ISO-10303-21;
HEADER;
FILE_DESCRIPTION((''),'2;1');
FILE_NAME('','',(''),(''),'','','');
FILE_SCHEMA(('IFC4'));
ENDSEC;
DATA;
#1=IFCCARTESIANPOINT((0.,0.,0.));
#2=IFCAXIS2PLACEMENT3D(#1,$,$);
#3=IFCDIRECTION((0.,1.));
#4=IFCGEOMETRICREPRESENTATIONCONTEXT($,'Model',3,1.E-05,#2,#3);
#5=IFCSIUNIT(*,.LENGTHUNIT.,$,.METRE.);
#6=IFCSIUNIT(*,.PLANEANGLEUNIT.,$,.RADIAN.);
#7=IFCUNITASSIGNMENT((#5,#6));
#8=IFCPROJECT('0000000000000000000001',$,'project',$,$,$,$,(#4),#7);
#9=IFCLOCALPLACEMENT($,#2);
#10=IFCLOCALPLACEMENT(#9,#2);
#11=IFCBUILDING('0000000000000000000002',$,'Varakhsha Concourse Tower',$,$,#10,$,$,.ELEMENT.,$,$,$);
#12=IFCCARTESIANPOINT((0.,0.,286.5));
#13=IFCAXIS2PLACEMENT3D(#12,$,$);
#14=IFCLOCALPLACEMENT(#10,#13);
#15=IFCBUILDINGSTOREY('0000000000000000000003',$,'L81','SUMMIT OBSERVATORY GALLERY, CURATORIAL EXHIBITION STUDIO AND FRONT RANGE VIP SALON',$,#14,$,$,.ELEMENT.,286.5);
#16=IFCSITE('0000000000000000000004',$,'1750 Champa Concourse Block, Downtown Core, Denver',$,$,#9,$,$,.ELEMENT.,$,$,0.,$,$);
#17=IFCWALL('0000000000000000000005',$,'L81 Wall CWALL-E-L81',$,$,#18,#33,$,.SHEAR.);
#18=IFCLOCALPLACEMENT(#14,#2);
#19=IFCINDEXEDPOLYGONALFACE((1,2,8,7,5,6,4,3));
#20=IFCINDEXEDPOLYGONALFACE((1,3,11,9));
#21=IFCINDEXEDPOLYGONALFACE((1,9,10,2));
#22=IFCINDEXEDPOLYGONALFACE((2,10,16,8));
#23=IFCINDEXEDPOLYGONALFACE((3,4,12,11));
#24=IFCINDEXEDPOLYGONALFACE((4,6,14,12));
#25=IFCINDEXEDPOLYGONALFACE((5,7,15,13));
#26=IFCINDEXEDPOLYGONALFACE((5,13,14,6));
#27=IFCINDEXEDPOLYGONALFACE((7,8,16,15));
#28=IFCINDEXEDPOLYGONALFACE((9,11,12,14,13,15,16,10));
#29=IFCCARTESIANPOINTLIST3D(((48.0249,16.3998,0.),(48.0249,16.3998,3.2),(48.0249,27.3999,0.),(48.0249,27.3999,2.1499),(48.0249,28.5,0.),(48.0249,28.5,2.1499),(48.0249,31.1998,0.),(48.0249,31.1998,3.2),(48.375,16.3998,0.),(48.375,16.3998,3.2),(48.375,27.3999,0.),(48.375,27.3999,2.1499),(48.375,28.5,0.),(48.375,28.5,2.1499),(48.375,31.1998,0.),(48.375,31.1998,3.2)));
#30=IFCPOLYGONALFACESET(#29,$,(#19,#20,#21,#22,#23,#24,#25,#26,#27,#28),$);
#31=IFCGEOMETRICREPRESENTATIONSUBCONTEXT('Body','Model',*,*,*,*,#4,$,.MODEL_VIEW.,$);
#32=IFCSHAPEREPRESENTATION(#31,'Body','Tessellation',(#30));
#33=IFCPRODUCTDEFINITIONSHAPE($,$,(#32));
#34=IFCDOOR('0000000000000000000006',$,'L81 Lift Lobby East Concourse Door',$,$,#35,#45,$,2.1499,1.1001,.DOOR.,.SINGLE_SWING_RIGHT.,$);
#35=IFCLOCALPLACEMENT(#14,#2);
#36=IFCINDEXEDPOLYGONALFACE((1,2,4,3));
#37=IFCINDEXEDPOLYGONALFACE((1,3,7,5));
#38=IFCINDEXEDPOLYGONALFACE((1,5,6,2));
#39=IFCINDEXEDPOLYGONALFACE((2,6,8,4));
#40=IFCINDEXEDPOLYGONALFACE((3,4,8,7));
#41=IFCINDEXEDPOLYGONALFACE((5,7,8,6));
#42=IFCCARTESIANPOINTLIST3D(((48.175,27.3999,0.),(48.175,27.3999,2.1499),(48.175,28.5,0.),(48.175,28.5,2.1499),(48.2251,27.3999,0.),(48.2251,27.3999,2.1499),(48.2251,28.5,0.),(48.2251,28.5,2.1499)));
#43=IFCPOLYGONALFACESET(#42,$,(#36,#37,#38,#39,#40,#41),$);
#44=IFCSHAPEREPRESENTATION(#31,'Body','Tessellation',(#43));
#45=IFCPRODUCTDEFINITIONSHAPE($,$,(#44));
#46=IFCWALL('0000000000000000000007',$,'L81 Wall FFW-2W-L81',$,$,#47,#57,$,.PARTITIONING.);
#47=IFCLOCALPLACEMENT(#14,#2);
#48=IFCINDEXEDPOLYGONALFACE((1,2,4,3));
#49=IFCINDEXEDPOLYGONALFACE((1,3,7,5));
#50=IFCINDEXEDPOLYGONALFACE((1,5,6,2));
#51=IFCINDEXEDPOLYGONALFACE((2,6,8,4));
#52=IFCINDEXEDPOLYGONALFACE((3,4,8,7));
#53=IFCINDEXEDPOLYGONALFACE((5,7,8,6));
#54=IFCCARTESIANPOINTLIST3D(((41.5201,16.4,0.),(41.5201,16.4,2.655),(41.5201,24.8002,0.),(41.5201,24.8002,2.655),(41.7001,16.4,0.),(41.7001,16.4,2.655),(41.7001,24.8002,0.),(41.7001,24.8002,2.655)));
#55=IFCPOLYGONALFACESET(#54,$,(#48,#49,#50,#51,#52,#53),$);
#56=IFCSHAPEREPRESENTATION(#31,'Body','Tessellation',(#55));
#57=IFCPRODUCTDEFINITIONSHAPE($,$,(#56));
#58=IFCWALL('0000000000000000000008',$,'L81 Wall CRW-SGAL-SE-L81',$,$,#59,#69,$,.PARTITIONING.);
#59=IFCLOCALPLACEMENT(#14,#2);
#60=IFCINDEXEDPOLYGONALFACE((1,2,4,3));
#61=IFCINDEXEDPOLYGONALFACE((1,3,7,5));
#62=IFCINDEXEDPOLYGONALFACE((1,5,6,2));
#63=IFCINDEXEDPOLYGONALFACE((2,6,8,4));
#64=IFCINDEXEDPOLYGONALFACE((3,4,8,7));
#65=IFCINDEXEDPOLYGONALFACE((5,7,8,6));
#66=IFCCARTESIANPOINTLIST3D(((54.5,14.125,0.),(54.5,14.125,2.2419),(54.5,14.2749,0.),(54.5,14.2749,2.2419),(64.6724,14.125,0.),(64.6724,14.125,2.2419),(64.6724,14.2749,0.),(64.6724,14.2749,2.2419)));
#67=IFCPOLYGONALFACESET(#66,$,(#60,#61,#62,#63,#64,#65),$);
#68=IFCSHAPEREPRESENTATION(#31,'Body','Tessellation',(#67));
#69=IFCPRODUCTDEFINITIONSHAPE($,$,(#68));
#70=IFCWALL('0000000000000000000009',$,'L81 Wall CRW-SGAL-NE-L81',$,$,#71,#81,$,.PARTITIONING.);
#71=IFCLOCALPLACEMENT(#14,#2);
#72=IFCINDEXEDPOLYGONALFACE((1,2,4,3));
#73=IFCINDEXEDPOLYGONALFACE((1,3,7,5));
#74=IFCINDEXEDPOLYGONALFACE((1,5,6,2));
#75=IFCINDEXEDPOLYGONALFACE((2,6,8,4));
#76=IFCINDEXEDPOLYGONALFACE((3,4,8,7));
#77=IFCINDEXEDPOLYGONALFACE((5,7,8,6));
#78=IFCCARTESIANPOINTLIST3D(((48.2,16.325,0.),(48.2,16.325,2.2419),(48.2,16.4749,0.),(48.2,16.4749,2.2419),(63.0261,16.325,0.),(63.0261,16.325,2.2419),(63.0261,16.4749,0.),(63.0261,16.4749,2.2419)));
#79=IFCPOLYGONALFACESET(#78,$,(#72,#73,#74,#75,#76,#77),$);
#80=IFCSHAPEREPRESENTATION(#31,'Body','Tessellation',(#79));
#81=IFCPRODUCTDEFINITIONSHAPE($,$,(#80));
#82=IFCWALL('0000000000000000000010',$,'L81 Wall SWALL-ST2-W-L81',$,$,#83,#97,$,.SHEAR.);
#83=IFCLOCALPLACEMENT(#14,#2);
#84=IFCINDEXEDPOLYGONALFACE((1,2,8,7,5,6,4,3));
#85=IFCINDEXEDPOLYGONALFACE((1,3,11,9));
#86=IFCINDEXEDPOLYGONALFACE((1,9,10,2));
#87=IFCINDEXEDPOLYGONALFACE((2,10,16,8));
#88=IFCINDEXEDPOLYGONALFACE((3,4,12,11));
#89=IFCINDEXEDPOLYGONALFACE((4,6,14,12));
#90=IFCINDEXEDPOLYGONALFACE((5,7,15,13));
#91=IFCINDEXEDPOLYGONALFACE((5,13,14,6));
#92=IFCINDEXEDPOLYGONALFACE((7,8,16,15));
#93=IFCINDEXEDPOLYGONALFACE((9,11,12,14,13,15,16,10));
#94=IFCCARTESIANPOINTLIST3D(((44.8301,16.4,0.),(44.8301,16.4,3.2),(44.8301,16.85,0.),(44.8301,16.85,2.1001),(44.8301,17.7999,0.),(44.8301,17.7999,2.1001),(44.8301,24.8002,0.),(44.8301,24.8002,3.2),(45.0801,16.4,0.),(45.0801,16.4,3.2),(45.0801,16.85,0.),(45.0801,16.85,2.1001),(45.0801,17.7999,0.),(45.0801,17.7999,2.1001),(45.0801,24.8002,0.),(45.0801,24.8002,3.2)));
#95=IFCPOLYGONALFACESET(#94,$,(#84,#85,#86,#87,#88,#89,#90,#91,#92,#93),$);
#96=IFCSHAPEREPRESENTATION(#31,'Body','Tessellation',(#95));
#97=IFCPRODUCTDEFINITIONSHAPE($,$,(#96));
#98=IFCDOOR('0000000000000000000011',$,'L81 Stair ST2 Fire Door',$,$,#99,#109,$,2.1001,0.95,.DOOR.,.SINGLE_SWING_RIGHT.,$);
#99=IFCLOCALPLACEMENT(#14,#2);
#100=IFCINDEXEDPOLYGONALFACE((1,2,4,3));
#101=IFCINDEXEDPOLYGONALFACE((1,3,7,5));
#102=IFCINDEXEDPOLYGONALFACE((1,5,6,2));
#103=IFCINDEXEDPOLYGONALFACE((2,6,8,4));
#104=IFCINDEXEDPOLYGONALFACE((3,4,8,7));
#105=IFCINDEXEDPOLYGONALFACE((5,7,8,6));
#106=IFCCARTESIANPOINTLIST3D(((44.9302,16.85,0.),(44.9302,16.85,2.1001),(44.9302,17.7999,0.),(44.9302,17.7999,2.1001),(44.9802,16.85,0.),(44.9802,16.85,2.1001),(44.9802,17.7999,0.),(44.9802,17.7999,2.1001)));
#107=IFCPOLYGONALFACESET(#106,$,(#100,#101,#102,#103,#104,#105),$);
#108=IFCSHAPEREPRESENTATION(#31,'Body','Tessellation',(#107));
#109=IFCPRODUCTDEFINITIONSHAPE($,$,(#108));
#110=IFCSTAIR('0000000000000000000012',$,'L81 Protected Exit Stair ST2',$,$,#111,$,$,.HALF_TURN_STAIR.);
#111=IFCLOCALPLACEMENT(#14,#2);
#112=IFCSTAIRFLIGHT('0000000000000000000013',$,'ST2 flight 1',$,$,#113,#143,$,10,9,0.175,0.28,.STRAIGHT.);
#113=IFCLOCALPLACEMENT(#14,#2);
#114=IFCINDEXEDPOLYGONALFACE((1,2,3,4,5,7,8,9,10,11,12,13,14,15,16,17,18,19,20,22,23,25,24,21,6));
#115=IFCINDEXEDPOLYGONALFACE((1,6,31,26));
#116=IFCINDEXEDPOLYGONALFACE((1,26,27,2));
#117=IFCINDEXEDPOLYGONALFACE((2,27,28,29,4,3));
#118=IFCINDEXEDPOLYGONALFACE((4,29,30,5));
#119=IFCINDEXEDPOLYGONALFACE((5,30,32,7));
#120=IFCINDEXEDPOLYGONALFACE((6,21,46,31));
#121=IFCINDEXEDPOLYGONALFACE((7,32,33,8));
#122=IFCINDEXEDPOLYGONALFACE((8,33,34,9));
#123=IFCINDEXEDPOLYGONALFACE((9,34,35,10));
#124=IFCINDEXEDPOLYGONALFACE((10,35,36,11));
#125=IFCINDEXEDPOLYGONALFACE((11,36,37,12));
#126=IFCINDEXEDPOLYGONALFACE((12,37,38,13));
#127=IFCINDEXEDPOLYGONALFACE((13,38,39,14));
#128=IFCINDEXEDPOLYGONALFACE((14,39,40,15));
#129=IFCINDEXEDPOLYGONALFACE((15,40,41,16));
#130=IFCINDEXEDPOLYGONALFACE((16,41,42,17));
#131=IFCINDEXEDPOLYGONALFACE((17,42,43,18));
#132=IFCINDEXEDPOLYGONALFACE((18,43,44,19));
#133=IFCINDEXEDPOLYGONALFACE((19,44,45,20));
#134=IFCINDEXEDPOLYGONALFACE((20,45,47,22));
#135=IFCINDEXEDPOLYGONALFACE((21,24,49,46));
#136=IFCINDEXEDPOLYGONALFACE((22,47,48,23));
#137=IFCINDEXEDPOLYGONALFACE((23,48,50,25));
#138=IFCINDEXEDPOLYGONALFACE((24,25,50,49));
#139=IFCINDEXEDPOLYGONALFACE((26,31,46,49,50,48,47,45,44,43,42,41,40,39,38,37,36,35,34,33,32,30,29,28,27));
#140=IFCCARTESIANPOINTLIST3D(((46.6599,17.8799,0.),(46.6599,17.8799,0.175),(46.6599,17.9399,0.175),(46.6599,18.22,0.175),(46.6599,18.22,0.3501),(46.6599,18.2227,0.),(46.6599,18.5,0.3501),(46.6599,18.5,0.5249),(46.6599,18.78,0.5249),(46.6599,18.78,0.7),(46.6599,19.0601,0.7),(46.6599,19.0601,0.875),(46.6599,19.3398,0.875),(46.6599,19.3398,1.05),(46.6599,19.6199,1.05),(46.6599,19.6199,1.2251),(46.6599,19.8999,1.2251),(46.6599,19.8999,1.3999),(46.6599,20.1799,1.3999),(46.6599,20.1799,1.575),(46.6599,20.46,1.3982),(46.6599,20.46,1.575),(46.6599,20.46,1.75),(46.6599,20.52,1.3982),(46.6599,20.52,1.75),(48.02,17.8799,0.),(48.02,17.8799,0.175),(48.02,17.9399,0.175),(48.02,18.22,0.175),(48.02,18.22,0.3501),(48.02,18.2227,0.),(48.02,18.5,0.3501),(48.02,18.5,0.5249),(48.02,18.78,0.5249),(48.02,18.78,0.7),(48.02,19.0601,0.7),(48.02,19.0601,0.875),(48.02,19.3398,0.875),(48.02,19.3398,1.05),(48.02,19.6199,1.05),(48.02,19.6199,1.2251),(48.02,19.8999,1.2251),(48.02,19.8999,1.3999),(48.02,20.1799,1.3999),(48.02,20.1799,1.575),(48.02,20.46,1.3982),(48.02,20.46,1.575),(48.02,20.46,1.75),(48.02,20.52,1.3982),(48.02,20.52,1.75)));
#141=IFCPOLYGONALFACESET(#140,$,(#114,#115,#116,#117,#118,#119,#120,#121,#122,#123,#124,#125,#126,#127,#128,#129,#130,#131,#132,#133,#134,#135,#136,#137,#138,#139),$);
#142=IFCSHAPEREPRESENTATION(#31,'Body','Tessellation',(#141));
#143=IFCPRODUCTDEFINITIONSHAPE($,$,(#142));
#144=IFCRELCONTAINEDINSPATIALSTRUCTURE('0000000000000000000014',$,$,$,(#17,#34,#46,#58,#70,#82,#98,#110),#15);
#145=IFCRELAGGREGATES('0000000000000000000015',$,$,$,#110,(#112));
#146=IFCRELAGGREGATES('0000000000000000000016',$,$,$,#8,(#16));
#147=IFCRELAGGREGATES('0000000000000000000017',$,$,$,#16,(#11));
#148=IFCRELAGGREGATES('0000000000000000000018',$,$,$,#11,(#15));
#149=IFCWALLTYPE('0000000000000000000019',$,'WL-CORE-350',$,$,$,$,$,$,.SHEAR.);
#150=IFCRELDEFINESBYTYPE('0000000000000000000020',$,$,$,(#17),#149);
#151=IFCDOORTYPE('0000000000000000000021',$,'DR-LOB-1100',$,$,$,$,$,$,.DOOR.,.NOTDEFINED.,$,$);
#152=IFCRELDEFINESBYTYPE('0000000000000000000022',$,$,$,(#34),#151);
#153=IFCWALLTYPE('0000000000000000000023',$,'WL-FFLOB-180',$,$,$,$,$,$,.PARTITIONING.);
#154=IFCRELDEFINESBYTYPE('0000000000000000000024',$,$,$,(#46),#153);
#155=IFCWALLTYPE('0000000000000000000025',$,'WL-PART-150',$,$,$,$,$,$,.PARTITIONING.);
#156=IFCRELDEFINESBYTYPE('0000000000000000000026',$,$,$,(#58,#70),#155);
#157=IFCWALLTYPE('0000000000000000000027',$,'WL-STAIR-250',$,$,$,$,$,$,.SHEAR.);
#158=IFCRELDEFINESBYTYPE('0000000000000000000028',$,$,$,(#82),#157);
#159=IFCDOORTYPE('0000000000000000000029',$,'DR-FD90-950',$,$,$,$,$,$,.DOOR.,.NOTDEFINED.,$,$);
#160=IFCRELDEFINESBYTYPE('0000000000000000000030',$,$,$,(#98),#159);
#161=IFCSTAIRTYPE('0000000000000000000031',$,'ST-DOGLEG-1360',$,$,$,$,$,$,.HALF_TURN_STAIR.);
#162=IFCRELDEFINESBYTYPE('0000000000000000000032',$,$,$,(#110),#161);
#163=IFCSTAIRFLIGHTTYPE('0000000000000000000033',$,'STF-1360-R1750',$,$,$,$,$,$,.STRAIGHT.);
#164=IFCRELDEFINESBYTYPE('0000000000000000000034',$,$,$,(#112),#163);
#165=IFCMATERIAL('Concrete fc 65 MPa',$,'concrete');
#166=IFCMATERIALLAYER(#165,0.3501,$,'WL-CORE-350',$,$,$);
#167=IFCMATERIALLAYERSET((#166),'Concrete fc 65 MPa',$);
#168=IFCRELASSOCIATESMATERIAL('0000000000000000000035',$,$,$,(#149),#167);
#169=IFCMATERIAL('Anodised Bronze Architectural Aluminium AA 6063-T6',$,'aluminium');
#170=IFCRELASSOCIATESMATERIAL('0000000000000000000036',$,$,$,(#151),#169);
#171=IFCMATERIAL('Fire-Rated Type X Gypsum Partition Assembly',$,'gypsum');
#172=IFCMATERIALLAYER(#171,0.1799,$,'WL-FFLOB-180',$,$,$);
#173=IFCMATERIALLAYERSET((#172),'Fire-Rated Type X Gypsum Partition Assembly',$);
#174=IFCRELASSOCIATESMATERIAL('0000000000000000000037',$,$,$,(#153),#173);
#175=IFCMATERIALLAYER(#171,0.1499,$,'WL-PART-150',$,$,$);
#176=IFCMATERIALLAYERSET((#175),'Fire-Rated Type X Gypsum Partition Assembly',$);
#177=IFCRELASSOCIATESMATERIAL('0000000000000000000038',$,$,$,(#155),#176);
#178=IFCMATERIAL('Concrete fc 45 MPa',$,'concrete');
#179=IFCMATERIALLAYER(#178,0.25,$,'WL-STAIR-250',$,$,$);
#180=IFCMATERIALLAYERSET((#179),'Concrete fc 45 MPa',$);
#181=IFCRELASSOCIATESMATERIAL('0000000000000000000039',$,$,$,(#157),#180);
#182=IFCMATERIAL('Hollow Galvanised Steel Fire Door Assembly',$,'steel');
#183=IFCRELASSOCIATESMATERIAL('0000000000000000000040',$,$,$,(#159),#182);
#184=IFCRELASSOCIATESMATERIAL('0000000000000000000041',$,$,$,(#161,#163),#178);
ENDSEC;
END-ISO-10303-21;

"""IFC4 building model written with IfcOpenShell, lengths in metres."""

from ifc_helpers import new_model, si_unit, direction, frame, frame_2d, origin, place, context, subcontext, project, spatial, polyline, rectangle, outline, extrude, material, layer, layer_set, type_object, element, fill, aggregate, save


model = new_model("IFC4")

# Units and contexts
model_context = context("Model", 3, precision=1e-05, world=origin(), true_north=direction((0.0, 1.0)))
body_context = subcontext(model_context, "Body", "Model", "MODEL_VIEW")
ifc_project = project(units=[si_unit("LENGTHUNIT", "METRE"), si_unit("PLANEANGLEUNIT", "RADIAN")], contexts=[model_context])

# Site, building, storey
site_placement = place(None, origin())
site = spatial("IfcSite", under=ifc_project, at=site_placement, Name="1750 Champa Concourse Block, Downtown Core, Denver", CompositionType="ELEMENT", RefElevation=0.0)
building_placement = place(site_placement, origin())
building = spatial("IfcBuilding", under=site, at=building_placement, Name="Varakhsha Concourse Tower", CompositionType="ELEMENT")
storey_placement = place(building_placement, frame((0.0, 0.0, 286.5)))
storey = spatial("IfcBuildingStorey", under=building, at=storey_placement, Name="L81", Description="SUMMIT OBSERVATORY GALLERY, CURATORIAL EXHIBITION STUDIO AND FRONT RANGE VIP SALON", CompositionType="ELEMENT", Elevation=286.5)

# Shared definitions
ifc_material_1 = material(Name="Concrete fc 65 MPa", Category="concrete")

# Shared definitions
ifc_material_2 = material(Name="Anodised Bronze Architectural Aluminium AA 6063-T6", Category="aluminium")

# Wall, opening, door
ifc_layer_1 = layer(ifc_material_1, 0.3501, Name="WL-CORE-350")
ifc_layer_set_1 = layer_set([ifc_layer_1], Name="Concrete fc 65 MPa")
wall_type_1 = type_object("IfcWallType", Name="WL-CORE-350", PredefinedType="SHEAR", material=ifc_layer_set_1)
wall_1_placement = place(storey_placement, frame((48.2, 16.3999, 0.0), z_axis=(0.0, 0.0, 1.0), x_axis=(0.0, 1.0, 0.0)))
wall_1 = element("IfcWall", 1, at=wall_1_placement, inside=storey, type_object=wall_type_1, Name="L81 Wall CWALL-E-L81", PredefinedType="SHEAR", context=body_context, shape_type="SweptSolid", body=[
    extrude(rectangle(XDim=14.8, YDim=0.3501, at=frame_2d((7.3999, 0.0))), origin(), (0.0, 0.0, 1.0), 3.2),
])
opening_1_placement = place(wall_1_placement, frame((11.0, 0.0, 0.0)))
opening_1 = element("IfcOpeningElement", 2, at=opening_1_placement, cuts=wall_1, PredefinedType="OPENING", context=body_context, shape_type="SweptSolid", body=[
    extrude(rectangle(XDim=1.1001, YDim=2.1499, at=frame_2d((0.55, 1.075))), frame((0.0, 0.1851, 0.0), z_axis=(0.0, -1.0, 0.0), x_axis=(1.0, 0.0, 0.0)), (0.0, 0.0, 1.0), 0.3701),
])
door_type_1 = type_object("IfcDoorType", Name="DR-LOB-1100", OperationType="NOTDEFINED", PredefinedType="DOOR", material=ifc_material_2)
door_1_placement = place(opening_1_placement, origin())
door_1 = element("IfcDoor", 3, at=door_1_placement, inside=storey, type_object=door_type_1, Name="L81 Lift Lobby East Concourse Door", OperationType="SINGLE_SWING_RIGHT", OverallHeight=2.1499, OverallWidth=1.1001, PredefinedType="DOOR", context=body_context, shape_type="SweptSolid", body=[
    extrude(rectangle(XDim=1.1001, YDim=2.1499, at=frame_2d((0.55, 1.075))), frame((0.0, 0.0249, 0.0), z_axis=(0.0, -1.0, 0.0), x_axis=(1.0, 0.0, 0.0)), (0.0, 0.0, 1.0), 0.05),
])
fill(opening_1, door_1)

# Walls
ifc_material_3 = material(Name="Fire-Rated Type X Gypsum Partition Assembly", Category="gypsum")
ifc_layer_2 = layer(ifc_material_3, 0.1799, Name="WL-FFLOB-180")
ifc_layer_set_2 = layer_set([ifc_layer_2], Name="Fire-Rated Type X Gypsum Partition Assembly")
wall_type_2 = type_object("IfcWallType", Name="WL-FFLOB-180", PredefinedType="PARTITIONING", material=ifc_layer_set_2)
wall_2_placement = place(storey_placement, frame((41.6101, 16.3999, 0.0), z_axis=(0.0, 0.0, 1.0), x_axis=(0.0, 1.0, 0.0)))
element("IfcWall", 4, at=wall_2_placement, inside=storey, type_object=wall_type_2, Name="L81 Wall FFW-2W-L81", PredefinedType="PARTITIONING", context=body_context, shape_type="SweptSolid", body=[
    extrude(rectangle(XDim=8.4001, YDim=0.1799, at=frame_2d((4.2002, 0.0))), origin(), (0.0, 0.0, 1.0), 2.655),
])
ifc_layer_3 = layer(ifc_material_3, 0.1499, Name="WL-PART-150")
ifc_layer_set_3 = layer_set([ifc_layer_3], Name="Fire-Rated Type X Gypsum Partition Assembly")
wall_type_3 = type_object("IfcWallType", Name="WL-PART-150", PredefinedType="PARTITIONING", material=ifc_layer_set_3)
wall_3_placement = place(storey_placement, frame((54.5, 14.2, 0.0), z_axis=(0.0, 0.0, 1.0), x_axis=(1.0, 0.0, 0.0)))
element("IfcWall", 5, at=wall_3_placement, inside=storey, type_object=wall_type_3, Name="L81 Wall CRW-SGAL-SE-L81", PredefinedType="PARTITIONING", context=body_context, shape_type="SweptSolid", body=[
    extrude(rectangle(XDim=10.1724, YDim=0.1499, at=frame_2d((5.0862, 0.0))), origin(), (0.0, 0.0, 1.0), 2.2419),
])
wall_4_placement = place(storey_placement, frame((48.2, 16.3999, 0.0), z_axis=(0.0, 0.0, 1.0), x_axis=(1.0, 0.0, 0.0)))
element("IfcWall", 6, at=wall_4_placement, inside=storey, type_object=wall_type_3, Name="L81 Wall CRW-SGAL-NE-L81", PredefinedType="PARTITIONING", context=body_context, shape_type="SweptSolid", body=[
    extrude(rectangle(XDim=14.8262, YDim=0.1499, at=frame_2d((7.4131, 0.0))), origin(), (0.0, 0.0, 1.0), 2.2419),
])

# Wall, opening, door
ifc_material_4 = material(Name="Concrete fc 45 MPa", Category="concrete")
ifc_layer_4 = layer(ifc_material_4, 0.25, Name="WL-STAIR-250")
ifc_layer_set_4 = layer_set([ifc_layer_4], Name="Concrete fc 45 MPa")
wall_type_4 = type_object("IfcWallType", Name="WL-STAIR-250", PredefinedType="SHEAR", material=ifc_layer_set_4)
wall_5_placement = place(storey_placement, frame((44.9551, 16.3999, 0.0), z_axis=(0.0, 0.0, 1.0), x_axis=(0.0, 1.0, 0.0)))
wall_5 = element("IfcWall", 7, at=wall_5_placement, inside=storey, type_object=wall_type_4, Name="L81 Wall SWALL-ST2-W-L81", PredefinedType="SHEAR", context=body_context, shape_type="SweptSolid", body=[
    extrude(rectangle(XDim=8.4001, YDim=0.25, at=frame_2d((4.2002, 0.0))), origin(), (0.0, 0.0, 1.0), 3.2),
])
opening_2_placement = place(wall_5_placement, frame((0.45, 0.0, 0.0)))
opening_2 = element("IfcOpeningElement", 8, at=opening_2_placement, cuts=wall_5, PredefinedType="OPENING", context=body_context, shape_type="SweptSolid", body=[
    extrude(rectangle(XDim=0.95, YDim=2.1001, at=frame_2d((0.4751, 1.05))), frame((0.0, 0.135, 0.0), z_axis=(0.0, -1.0, 0.0), x_axis=(1.0, 0.0, 0.0)), (0.0, 0.0, 1.0), 0.27),
])
ifc_material_5 = material(Name="Hollow Galvanised Steel Fire Door Assembly", Category="steel")
door_type_2 = type_object("IfcDoorType", Name="DR-FD90-950", OperationType="NOTDEFINED", PredefinedType="DOOR", material=ifc_material_5)
door_2_placement = place(opening_2_placement, origin())
door_2 = element("IfcDoor", 9, at=door_2_placement, inside=storey, type_object=door_type_2, Name="L81 Stair ST2 Fire Door", OperationType="SINGLE_SWING_RIGHT", OverallHeight=2.1001, OverallWidth=0.95, PredefinedType="DOOR", context=body_context, shape_type="SweptSolid", body=[
    extrude(rectangle(XDim=0.95, YDim=2.1001, at=frame_2d((0.4751, 1.05))), frame((0.0, 0.0249, 0.0), z_axis=(0.0, -1.0, 0.0), x_axis=(1.0, 0.0, 0.0)), (0.0, 0.0, 1.0), 0.05),
])
fill(opening_2, door_2)

# Stair, stair flight
stair_type = type_object("IfcStairType", Name="ST-DOGLEG-1360", PredefinedType="HALF_TURN_STAIR", material=ifc_material_4)
stair_placement = place(storey_placement, origin())
stair = element("IfcStair", 10, at=stair_placement, inside=storey, type_object=stair_type, Name="L81 Protected Exit Stair ST2", PredefinedType="HALF_TURN_STAIR")
stair_flight_type = type_object("IfcStairFlightType", Name="STF-1360-R1750", PredefinedType="STRAIGHT", material=ifc_material_4)
stair_flight_1_placement = place(storey_placement, frame((47.3401, 17.9399, 0.0), z_axis=(0.0, 0.0, 1.0), x_axis=(0.0, 1.0, 0.0)))
stair_flight_1 = element("IfcStairFlight", 11, at=stair_flight_1_placement, type_object=stair_flight_type, Name="ST2 flight 1", NumberOfRisers=10, NumberOfTreads=9, PredefinedType="STRAIGHT", RiserHeight=0.175, TreadLength=0.28, context=body_context, shape_type="SweptSolid", body=[
    extrude(outline(polyline([(-0.0601, 0.0), (-0.0601, 0.175), (0.0, 0.175), (0.28, 0.175), (0.28, 0.3501), (0.5601, 0.3501), (0.5601, 0.5249), (0.8401, 0.5249), (0.8401, 0.7), (1.1201, 0.7), (1.1201, 0.875), (1.3999, 0.875), (1.3999, 1.05), (1.6799, 1.05), (1.6799, 1.2251), (1.96, 1.2251), (1.96, 1.3999), (2.24, 1.3999), (2.24, 1.575), (2.52, 1.575), (2.52, 1.75), (2.5801, 1.75), (2.5801, 1.3982), (2.52, 1.3982), (0.2827, 0.0), (-0.0601, 0.0)])), frame((0.0, 0.6802, 0.0), z_axis=(0.0, -1.0, 0.0), x_axis=(1.0, 0.0, 0.0)), (0.0, 0.0, 1.0), 1.3601),
])
aggregate(stair, [stair_flight_1])

save(model, "model.ifc")
